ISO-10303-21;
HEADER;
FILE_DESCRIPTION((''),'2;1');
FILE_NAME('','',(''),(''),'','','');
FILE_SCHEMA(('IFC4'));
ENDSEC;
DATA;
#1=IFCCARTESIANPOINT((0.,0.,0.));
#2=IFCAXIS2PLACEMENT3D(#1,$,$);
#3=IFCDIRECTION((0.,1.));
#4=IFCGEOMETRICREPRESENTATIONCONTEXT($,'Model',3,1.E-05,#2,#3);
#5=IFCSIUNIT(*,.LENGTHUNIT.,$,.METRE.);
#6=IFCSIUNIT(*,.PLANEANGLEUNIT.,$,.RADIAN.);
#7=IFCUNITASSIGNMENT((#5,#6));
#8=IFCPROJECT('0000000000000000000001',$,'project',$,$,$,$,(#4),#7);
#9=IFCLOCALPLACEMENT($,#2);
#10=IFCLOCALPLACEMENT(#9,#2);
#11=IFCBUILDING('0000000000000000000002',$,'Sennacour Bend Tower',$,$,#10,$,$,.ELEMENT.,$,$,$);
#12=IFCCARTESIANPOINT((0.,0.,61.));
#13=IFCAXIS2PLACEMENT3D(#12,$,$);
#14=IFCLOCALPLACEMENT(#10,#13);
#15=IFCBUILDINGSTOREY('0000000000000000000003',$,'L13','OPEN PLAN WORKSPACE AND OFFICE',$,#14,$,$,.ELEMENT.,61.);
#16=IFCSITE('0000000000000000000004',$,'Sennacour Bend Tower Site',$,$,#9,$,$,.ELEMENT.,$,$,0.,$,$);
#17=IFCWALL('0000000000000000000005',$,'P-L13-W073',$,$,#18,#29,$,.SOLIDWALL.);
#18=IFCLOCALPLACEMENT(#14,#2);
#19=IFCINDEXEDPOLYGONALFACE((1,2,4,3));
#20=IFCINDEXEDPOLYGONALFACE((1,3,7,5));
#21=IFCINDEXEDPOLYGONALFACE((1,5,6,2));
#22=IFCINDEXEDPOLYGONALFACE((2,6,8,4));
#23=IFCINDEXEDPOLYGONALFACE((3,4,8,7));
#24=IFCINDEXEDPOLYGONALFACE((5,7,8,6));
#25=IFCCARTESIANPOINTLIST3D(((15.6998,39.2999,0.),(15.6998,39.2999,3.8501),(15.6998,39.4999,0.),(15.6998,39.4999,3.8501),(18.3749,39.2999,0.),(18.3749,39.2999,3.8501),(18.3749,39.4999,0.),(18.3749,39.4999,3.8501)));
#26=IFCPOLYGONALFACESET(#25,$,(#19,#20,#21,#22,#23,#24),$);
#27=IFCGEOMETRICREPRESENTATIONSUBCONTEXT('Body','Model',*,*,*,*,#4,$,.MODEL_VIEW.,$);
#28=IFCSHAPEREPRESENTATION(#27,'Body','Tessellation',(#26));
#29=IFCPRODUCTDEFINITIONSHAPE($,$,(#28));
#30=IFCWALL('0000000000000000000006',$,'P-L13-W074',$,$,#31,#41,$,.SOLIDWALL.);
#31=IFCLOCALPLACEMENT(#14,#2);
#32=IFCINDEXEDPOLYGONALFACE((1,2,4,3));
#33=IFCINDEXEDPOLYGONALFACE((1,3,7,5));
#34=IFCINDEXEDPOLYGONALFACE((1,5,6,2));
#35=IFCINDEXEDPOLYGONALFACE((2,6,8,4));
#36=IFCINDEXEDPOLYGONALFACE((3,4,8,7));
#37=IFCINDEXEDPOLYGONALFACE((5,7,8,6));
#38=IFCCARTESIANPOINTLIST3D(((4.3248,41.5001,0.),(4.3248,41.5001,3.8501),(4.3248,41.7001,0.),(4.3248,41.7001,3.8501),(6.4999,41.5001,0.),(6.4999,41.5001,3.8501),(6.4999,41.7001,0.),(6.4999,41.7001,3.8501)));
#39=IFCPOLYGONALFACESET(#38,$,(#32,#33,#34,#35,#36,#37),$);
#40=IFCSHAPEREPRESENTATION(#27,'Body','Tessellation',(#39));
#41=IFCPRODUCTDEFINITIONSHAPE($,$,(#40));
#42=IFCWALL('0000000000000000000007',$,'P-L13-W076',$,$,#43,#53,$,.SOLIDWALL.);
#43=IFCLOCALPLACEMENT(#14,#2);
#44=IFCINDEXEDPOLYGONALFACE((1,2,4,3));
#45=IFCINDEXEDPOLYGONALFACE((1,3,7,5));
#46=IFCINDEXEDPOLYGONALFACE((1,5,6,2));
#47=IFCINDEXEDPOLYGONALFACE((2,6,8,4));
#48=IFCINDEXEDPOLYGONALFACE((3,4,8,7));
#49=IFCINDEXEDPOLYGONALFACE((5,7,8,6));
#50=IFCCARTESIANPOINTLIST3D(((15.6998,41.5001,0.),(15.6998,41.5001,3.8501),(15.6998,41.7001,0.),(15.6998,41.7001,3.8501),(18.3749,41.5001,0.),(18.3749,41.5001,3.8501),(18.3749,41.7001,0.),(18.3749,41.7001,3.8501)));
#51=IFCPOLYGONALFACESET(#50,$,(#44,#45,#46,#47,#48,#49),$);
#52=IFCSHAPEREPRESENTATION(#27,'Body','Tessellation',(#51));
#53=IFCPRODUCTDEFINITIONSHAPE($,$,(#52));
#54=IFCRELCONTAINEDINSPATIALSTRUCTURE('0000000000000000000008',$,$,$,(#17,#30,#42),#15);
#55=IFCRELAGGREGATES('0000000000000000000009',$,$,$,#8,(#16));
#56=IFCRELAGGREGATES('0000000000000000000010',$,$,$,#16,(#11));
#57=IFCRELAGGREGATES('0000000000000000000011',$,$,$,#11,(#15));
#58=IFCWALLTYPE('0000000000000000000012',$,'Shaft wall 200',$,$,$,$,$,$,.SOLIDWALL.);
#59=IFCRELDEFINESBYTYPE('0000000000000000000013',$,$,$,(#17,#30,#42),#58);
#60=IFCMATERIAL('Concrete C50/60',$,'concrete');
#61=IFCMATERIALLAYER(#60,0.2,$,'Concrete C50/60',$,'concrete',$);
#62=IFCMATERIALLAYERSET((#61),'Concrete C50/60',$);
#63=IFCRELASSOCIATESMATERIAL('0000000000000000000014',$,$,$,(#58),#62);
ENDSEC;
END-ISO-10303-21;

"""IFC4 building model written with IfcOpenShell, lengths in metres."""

from ifc_helpers import new_model, si_unit, direction, frame, frame_2d, origin, place, context, subcontext, project, spatial, rectangle, extrude, material, layer, layer_set, type_object, element, save


model = new_model("IFC4")

# Units and contexts
model_context = context("Model", 3, precision=1e-05, world=origin(), true_north=direction((0.0, 1.0)))
body_context = subcontext(model_context, "Body", "Model", "MODEL_VIEW")
ifc_project = project(units=[si_unit("LENGTHUNIT", "METRE"), si_unit("PLANEANGLEUNIT", "RADIAN")], contexts=[model_context])

# Site, building, storey
site_placement = place(None, origin())
site = spatial("IfcSite", under=ifc_project, at=site_placement, Name="Sennacour Bend Tower Site", CompositionType="ELEMENT", RefElevation=0.0)
building_placement = place(site_placement, origin())
building = spatial("IfcBuilding", under=site, at=building_placement, Name="Sennacour Bend Tower", CompositionType="ELEMENT")
storey_placement = place(building_placement, frame((0.0, 0.0, 61.0)))
storey = spatial("IfcBuildingStorey", under=building, at=storey_placement, Name="L13", Description="OPEN PLAN WORKSPACE AND OFFICE", CompositionType="ELEMENT", Elevation=61.0)

# Shared definitions
ifc_material_1 = material(Name="Concrete C50/60", Category="concrete")
ifc_layer_1 = layer(ifc_material_1, 0.2, Name="Concrete C50/60", Category="concrete")
ifc_layer_set_1 = layer_set([ifc_layer_1], Name="Concrete C50/60")
wall_type_1 = type_object("IfcWallType", Name="Shaft wall 200", PredefinedType="SOLIDWALL", material=ifc_layer_set_1)

# Walls
wall_1_placement = place(storey_placement, frame((15.7, 39.3999, 0.0), z_axis=(0.0, 0.0, 1.0), x_axis=(1.0, 0.0, 0.0)))
element("IfcWall", 1, at=wall_1_placement, inside=storey, type_object=wall_type_1, Name="P-L13-W073", PredefinedType="SOLIDWALL", context=body_context, shape_type="SweptSolid", body=[
    extrude(rectangle(XDim=2.675, YDim=0.2, at=frame_2d((1.3374, 0.0))), origin(), (0.0, 0.0, 1.0), 3.8501),
])
wall_2_placement = place(storey_placement, frame((4.325, 41.6001, 0.0), z_axis=(0.0, 0.0, 1.0), x_axis=(1.0, 0.0, 0.0)))
element("IfcWall", 2, at=wall_2_placement, inside=storey, type_object=wall_type_1, Name="P-L13-W074", PredefinedType="SOLIDWALL", context=body_context, shape_type="SweptSolid", body=[
    extrude(rectangle(XDim=2.175, YDim=0.2, at=frame_2d((1.0874, 0.0))), origin(), (0.0, 0.0, 1.0), 3.8501),
])
wall_3_placement = place(storey_placement, frame((15.7, 41.6001, 0.0), z_axis=(0.0, 0.0, 1.0), x_axis=(1.0, 0.0, 0.0)))
element("IfcWall", 3, at=wall_3_placement, inside=storey, type_object=wall_type_1, Name="P-L13-W076", PredefinedType="SOLIDWALL", context=body_context, shape_type="SweptSolid", body=[
    extrude(rectangle(XDim=2.675, YDim=0.2, at=frame_2d((1.3374, 0.0))), origin(), (0.0, 0.0, 1.0), 3.8501),
])

save(model, "model.ifc")
